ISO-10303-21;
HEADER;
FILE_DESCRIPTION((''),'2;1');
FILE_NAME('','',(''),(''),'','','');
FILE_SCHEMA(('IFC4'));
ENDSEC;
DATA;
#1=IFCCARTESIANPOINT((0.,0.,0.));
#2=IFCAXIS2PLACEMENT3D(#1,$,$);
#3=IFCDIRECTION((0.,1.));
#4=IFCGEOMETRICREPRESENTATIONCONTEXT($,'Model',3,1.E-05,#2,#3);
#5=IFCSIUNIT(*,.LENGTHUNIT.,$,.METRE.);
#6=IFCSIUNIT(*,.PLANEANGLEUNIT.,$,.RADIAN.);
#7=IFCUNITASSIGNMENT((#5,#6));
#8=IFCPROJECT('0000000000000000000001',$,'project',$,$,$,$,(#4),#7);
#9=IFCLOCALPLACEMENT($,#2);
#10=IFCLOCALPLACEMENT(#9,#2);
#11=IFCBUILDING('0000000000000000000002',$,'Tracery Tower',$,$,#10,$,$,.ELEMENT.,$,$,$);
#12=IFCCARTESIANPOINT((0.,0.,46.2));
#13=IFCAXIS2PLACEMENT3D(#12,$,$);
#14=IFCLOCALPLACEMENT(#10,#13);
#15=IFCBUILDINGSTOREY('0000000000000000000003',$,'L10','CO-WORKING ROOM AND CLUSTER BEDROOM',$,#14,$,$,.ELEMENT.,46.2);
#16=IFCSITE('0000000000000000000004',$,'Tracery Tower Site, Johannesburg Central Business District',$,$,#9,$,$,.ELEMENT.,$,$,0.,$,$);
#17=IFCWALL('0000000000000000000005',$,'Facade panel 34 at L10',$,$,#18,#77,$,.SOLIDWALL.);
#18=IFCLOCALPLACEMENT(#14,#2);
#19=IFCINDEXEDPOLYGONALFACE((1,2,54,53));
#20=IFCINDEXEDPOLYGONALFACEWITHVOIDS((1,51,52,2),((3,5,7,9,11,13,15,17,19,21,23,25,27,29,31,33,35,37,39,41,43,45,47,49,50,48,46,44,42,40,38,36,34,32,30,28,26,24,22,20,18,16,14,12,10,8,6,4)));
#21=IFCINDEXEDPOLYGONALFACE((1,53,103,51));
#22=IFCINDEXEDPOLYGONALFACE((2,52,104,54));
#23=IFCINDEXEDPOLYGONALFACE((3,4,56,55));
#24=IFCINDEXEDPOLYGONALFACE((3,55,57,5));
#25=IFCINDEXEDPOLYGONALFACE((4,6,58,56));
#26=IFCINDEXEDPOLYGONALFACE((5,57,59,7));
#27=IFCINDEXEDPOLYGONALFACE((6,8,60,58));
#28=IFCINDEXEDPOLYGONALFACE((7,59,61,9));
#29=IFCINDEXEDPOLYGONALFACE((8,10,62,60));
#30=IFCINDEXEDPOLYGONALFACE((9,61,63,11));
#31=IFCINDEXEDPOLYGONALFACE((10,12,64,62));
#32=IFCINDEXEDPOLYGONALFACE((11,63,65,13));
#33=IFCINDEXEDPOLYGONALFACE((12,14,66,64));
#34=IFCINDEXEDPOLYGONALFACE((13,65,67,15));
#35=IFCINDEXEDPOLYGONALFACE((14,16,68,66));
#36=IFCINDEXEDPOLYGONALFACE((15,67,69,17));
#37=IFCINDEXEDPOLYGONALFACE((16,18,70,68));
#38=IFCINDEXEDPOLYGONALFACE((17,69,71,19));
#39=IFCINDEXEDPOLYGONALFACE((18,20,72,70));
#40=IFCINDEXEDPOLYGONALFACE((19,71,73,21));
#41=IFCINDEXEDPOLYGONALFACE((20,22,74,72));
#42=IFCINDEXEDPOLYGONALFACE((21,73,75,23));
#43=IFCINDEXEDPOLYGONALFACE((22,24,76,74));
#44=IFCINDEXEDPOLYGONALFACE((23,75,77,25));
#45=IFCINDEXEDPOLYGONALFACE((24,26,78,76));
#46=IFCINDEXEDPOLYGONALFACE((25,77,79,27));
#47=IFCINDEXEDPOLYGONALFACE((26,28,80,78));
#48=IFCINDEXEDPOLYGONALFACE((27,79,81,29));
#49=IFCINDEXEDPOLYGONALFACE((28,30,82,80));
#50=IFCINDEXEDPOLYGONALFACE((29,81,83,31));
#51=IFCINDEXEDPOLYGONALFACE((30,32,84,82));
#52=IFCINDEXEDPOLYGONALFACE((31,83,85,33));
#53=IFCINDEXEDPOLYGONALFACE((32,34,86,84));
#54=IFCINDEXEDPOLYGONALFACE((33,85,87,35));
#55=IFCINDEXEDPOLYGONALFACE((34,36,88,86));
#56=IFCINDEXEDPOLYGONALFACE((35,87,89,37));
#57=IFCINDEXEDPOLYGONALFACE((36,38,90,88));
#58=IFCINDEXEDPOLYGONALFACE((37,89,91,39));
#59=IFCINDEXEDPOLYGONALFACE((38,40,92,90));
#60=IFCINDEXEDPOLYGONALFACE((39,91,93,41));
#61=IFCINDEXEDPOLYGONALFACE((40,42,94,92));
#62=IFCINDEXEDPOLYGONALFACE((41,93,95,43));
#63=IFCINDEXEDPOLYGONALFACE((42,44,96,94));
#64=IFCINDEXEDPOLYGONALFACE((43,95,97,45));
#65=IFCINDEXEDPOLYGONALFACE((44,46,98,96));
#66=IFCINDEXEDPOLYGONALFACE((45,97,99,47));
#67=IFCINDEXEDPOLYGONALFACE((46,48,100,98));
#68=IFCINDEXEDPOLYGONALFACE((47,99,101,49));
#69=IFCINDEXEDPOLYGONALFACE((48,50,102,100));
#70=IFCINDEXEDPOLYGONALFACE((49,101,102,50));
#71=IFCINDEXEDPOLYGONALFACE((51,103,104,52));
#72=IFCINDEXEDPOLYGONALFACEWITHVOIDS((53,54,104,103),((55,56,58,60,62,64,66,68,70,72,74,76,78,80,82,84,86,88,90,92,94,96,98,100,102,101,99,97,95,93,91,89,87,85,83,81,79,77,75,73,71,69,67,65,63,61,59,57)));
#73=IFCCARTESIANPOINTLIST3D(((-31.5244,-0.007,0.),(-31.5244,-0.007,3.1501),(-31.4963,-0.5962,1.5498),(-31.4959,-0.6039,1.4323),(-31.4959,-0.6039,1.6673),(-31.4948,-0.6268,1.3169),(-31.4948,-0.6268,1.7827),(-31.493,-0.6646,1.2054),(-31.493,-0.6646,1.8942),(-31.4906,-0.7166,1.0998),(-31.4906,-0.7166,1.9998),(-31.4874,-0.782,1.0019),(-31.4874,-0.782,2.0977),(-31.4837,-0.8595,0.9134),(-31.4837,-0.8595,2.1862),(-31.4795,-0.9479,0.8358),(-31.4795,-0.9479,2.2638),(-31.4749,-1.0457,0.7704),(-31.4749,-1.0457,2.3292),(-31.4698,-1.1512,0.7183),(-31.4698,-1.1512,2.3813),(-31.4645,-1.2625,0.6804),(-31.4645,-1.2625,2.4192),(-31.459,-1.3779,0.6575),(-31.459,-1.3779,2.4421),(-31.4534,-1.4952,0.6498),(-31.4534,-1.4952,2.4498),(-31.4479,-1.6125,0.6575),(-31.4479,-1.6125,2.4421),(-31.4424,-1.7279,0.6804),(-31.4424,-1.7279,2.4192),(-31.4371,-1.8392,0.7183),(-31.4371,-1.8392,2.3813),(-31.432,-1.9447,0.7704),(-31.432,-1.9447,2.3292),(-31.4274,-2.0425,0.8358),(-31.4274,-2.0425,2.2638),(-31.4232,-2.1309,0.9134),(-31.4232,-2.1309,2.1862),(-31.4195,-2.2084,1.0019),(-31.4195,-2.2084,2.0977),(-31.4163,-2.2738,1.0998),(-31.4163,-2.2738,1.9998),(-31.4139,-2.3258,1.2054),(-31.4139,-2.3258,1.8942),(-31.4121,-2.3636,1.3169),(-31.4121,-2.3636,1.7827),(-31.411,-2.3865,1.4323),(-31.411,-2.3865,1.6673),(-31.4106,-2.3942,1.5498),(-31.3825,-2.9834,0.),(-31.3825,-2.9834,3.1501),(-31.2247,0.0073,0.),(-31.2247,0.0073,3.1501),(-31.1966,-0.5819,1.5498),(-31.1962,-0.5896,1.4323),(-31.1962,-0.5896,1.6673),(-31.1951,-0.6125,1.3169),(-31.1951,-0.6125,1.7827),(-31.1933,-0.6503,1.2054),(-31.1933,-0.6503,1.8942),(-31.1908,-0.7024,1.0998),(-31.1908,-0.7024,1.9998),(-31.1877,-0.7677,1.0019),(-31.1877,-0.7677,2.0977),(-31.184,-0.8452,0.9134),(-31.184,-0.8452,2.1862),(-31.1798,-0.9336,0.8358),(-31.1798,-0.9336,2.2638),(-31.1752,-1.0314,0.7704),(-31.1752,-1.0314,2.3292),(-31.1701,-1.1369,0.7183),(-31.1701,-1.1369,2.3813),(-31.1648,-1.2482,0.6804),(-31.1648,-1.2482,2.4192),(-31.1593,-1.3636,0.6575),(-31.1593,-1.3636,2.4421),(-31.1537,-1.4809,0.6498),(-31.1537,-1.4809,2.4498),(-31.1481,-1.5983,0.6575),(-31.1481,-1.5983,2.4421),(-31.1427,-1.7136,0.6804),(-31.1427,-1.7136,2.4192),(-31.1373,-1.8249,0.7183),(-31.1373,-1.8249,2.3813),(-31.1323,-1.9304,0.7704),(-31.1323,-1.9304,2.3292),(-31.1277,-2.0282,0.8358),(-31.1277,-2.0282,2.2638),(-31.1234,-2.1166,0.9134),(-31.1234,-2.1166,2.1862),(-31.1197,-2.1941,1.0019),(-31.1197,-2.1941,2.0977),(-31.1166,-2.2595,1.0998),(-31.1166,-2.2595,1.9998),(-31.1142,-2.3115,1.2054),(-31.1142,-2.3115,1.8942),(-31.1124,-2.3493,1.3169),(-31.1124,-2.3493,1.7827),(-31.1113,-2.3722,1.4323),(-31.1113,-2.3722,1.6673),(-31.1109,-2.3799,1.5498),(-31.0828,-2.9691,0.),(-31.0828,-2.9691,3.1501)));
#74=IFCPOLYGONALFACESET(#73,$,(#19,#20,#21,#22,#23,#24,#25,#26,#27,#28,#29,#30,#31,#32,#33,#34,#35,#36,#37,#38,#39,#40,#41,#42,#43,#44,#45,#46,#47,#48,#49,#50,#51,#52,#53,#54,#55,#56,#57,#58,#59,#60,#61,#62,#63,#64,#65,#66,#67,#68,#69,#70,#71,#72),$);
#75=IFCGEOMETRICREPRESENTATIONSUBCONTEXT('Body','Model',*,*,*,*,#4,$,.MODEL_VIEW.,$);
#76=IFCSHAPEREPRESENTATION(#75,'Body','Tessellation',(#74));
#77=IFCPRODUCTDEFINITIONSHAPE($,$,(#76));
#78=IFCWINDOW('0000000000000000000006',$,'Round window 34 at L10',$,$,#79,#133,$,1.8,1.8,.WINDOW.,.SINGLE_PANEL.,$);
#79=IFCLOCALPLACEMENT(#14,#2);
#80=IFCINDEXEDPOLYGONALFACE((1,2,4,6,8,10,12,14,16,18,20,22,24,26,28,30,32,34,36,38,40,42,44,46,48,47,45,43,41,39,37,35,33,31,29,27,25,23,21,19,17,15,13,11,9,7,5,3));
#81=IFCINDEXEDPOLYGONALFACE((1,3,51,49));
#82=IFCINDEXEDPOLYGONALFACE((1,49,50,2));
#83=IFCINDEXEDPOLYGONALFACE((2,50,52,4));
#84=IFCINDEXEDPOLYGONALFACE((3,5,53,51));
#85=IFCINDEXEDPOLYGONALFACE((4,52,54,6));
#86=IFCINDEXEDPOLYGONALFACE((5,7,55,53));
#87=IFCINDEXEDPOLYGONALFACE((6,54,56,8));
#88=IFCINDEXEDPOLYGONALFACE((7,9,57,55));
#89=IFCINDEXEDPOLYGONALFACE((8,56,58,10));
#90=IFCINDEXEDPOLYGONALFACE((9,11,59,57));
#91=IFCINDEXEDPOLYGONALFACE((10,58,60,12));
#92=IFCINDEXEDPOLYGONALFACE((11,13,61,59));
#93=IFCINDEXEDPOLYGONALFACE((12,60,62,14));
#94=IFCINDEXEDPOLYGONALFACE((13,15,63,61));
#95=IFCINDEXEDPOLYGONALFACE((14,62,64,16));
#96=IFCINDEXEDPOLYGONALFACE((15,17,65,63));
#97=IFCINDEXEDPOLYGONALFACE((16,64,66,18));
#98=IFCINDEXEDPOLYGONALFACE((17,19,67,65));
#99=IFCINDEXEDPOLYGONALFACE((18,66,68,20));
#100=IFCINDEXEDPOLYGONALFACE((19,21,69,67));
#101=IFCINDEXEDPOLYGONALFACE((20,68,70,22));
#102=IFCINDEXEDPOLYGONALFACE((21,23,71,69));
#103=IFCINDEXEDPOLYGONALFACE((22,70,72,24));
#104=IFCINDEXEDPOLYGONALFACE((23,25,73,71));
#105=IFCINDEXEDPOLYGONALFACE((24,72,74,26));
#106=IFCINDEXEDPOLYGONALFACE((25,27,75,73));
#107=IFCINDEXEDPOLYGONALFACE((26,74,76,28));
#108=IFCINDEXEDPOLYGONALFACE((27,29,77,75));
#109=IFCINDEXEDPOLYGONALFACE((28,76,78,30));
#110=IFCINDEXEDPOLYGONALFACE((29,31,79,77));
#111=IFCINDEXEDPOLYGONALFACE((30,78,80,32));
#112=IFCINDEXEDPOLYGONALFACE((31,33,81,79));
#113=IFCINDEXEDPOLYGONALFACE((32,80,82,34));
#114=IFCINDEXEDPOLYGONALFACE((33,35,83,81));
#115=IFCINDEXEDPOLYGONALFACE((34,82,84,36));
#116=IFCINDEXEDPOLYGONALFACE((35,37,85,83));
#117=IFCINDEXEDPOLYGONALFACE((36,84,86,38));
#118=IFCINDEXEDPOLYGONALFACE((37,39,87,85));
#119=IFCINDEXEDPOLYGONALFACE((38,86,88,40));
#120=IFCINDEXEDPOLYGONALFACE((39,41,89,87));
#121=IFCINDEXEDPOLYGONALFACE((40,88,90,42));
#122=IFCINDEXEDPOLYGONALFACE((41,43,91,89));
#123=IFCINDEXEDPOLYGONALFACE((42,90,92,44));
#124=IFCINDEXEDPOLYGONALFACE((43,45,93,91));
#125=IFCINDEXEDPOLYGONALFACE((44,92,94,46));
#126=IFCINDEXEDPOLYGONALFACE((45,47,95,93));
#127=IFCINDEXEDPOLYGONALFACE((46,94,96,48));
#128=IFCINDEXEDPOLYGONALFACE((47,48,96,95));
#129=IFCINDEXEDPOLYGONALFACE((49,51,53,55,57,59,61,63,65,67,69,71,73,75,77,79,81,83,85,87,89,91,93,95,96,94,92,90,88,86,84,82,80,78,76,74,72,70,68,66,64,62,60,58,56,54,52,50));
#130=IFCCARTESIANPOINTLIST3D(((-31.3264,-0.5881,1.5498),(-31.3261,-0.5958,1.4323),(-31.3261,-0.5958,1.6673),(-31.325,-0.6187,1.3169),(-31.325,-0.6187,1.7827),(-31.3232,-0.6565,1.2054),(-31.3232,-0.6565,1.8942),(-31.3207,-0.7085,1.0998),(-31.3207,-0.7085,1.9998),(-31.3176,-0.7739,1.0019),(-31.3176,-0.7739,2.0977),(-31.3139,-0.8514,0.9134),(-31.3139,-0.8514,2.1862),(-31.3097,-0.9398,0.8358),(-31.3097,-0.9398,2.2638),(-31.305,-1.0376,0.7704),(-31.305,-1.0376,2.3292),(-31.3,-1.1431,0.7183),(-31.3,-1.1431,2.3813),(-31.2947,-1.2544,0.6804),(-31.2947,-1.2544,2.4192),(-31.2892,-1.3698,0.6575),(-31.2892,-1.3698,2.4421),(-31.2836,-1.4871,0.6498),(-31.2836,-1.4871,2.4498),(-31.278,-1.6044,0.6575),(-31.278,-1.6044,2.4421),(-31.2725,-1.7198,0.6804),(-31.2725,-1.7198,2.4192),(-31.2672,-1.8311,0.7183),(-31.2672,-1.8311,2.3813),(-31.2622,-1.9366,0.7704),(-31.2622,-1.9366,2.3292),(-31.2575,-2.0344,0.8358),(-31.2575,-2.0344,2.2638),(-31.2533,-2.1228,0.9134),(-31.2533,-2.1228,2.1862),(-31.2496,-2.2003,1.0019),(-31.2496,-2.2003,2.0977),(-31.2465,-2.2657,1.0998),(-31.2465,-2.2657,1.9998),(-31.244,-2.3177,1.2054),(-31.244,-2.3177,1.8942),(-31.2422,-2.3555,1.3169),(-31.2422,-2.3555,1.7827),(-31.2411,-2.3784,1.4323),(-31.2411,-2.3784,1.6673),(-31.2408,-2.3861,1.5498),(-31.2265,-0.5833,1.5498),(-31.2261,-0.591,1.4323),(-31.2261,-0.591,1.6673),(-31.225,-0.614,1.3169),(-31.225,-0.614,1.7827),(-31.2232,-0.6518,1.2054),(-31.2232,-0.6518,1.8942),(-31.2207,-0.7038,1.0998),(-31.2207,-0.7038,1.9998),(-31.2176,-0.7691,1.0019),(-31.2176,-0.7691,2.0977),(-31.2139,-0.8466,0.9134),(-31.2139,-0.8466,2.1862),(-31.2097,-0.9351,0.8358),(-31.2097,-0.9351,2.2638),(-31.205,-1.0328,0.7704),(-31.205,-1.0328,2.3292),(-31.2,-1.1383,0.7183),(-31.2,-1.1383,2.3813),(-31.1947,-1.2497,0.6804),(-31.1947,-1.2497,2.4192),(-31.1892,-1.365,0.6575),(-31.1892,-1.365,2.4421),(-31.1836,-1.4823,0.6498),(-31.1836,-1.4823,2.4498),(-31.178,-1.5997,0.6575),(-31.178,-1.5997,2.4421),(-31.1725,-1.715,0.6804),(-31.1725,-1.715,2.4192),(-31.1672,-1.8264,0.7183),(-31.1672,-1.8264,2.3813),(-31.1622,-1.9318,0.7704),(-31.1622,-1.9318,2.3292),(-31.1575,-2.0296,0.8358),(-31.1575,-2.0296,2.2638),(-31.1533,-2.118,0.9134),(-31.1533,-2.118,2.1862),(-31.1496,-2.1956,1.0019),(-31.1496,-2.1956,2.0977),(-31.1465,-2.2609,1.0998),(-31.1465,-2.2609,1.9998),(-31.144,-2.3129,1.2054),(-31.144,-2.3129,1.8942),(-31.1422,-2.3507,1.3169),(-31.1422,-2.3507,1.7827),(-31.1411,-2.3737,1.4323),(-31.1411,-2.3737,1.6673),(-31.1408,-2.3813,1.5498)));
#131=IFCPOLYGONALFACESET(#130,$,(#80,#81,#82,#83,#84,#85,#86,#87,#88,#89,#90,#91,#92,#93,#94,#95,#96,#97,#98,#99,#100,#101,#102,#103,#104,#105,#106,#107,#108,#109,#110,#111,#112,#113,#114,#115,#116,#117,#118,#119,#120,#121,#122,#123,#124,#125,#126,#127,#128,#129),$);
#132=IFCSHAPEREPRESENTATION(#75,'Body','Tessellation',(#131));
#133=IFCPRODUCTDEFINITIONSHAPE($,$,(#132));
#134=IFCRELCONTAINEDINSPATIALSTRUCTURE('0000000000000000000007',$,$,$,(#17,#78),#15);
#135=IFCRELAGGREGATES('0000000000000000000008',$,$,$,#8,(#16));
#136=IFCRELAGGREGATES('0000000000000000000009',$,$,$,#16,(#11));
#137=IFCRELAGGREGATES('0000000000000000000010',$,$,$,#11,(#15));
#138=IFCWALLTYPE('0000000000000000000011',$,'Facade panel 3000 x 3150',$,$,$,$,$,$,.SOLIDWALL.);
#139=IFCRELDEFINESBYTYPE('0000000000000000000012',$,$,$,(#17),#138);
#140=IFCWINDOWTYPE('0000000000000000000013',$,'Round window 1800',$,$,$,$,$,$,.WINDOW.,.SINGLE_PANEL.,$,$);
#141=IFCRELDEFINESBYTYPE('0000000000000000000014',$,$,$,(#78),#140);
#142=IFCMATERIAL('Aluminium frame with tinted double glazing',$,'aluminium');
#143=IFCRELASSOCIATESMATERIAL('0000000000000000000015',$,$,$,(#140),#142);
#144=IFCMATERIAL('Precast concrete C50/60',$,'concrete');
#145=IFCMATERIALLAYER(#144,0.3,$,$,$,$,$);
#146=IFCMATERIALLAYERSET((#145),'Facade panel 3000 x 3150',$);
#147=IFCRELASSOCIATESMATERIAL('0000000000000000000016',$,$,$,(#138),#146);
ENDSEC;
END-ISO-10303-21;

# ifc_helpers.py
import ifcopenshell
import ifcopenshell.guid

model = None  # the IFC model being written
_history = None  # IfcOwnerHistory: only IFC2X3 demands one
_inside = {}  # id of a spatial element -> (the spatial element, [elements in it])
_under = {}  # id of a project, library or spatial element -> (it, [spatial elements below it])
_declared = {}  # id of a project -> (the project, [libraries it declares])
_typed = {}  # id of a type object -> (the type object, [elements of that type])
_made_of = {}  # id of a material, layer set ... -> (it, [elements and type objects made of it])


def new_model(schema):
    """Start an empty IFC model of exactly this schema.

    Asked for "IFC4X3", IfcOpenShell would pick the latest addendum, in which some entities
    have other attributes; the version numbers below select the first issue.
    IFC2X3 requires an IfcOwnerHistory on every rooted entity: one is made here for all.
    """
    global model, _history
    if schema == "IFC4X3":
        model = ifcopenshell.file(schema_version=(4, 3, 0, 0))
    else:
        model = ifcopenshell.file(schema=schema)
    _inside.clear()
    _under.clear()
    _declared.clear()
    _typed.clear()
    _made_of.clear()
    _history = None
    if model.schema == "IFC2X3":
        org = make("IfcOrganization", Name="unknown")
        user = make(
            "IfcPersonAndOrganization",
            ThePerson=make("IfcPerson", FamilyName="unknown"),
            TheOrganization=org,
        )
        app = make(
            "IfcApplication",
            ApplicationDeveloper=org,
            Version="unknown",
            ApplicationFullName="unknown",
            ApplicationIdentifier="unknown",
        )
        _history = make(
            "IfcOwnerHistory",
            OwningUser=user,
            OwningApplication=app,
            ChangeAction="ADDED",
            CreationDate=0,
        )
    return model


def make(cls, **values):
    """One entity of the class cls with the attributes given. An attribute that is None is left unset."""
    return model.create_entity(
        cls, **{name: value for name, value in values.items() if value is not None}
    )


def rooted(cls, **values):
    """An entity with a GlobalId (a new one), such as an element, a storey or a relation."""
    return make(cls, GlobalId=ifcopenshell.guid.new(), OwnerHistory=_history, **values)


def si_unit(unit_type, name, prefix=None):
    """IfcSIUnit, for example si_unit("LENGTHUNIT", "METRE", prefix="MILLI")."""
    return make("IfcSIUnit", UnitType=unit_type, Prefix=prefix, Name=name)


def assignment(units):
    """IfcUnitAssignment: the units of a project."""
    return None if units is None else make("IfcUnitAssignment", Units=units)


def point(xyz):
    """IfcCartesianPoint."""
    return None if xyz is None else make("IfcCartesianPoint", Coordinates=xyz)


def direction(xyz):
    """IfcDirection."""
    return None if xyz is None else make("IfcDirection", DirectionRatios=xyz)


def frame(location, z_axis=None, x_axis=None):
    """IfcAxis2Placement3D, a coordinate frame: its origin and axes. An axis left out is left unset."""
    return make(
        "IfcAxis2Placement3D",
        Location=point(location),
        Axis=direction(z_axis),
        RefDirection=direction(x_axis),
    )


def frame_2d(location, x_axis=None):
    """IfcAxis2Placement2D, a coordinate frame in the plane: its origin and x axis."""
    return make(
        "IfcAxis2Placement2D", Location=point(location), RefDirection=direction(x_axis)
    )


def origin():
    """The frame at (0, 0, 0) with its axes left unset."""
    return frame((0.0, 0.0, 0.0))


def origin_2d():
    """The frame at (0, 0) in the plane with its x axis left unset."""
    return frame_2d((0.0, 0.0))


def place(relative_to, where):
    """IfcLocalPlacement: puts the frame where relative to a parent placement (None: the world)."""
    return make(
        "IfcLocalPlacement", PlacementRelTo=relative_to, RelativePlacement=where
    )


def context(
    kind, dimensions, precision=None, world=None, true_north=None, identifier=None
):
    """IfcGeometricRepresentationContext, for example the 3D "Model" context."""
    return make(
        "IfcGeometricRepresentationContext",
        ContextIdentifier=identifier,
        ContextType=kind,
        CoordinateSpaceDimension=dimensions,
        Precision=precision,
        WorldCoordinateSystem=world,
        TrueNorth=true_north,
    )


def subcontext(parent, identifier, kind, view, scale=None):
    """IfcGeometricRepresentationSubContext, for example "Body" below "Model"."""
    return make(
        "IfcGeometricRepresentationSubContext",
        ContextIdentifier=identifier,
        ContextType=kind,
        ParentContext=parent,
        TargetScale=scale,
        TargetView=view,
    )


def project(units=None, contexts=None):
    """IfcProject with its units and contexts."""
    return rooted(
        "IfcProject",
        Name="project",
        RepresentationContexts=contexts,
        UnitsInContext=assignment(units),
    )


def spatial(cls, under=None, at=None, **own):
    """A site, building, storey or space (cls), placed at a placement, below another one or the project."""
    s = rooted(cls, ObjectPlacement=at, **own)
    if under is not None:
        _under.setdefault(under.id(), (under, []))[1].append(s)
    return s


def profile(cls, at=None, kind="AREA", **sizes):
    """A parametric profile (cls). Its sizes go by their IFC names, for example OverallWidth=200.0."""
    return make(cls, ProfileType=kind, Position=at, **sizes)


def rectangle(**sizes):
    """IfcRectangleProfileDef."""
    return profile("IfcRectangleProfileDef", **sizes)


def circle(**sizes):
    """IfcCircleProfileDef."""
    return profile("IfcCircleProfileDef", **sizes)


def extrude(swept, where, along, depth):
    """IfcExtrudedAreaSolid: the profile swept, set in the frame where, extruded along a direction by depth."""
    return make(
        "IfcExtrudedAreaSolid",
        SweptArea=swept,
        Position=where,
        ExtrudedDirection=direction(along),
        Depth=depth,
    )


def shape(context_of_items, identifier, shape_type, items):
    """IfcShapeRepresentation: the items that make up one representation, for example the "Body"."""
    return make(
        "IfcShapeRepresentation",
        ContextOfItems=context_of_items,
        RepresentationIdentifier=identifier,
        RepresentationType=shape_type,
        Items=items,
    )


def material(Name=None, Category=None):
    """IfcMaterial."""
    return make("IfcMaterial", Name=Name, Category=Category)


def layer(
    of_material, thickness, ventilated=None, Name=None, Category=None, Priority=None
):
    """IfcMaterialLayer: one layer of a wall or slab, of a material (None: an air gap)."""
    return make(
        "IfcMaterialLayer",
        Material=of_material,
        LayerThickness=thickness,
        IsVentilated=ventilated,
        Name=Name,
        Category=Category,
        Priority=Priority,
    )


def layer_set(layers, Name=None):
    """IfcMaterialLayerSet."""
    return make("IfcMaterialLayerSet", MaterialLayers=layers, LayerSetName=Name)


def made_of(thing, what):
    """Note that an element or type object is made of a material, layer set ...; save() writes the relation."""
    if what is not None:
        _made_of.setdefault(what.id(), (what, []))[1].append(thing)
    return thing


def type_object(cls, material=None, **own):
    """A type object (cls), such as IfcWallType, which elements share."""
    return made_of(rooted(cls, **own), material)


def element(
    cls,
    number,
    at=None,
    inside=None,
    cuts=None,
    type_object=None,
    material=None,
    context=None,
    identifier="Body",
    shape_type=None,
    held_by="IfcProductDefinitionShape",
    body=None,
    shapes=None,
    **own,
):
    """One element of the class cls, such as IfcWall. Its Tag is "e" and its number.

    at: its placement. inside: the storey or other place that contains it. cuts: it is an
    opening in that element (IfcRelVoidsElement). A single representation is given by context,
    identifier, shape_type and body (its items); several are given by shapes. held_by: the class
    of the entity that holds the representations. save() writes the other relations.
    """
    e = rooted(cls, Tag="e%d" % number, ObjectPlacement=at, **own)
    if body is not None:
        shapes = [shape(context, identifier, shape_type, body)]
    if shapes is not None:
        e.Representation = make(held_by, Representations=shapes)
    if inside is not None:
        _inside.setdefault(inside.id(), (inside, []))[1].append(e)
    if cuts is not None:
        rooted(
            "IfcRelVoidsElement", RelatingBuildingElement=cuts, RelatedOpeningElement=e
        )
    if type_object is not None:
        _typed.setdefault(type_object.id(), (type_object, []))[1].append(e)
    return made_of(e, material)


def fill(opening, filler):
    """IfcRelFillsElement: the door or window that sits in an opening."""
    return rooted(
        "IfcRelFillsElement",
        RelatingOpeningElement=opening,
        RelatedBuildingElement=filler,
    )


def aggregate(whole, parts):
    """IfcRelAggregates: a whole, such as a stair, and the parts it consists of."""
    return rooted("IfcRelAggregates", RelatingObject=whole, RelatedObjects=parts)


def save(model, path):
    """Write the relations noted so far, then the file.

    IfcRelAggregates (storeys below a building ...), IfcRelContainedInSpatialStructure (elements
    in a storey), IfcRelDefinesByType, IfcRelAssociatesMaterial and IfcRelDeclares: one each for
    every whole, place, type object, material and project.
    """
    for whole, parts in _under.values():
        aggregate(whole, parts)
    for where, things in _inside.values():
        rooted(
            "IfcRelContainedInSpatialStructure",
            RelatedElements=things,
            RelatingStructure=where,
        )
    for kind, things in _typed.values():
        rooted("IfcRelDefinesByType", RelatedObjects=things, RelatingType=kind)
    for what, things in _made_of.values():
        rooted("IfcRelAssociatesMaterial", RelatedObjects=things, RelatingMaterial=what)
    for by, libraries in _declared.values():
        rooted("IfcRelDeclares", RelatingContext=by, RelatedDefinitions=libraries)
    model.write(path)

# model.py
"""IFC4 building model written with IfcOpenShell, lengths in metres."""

from ifc_helpers import new_model, si_unit, direction, frame, frame_2d, origin, origin_2d, place, context, subcontext, project, spatial, rectangle, circle, extrude, material, layer, layer_set, type_object, element, fill, save


model = new_model("IFC4")

# Units and contexts
model_context = context("Model", 3, precision=1e-05, world=origin(), true_north=direction((0.0, 1.0)))
body_context = subcontext(model_context, "Body", "Model", "MODEL_VIEW")
ifc_project = project(units=[si_unit("LENGTHUNIT", "METRE"), si_unit("PLANEANGLEUNIT", "RADIAN")], contexts=[model_context])

# Site, building, storey
site_placement = place(None, origin())
site = spatial("IfcSite", under=ifc_project, at=site_placement, Name="Tracery Tower Site, Johannesburg Central Business District", CompositionType="ELEMENT", RefElevation=0.0)
building_placement = place(site_placement, origin())
building = spatial("IfcBuilding", under=site, at=building_placement, Name="Tracery Tower", CompositionType="ELEMENT")
storey_placement = place(building_placement, frame((0.0, 0.0, 46.2)))
storey = spatial("IfcBuildingStorey", under=building, at=storey_placement, Name="L10", Description="CO-WORKING ROOM AND CLUSTER BEDROOM", CompositionType="ELEMENT", Elevation=46.2)

# Wall, opening, window
ifc_material_1 = material(Name="Aluminium frame with tinted double glazing", Category="aluminium")
window_type = type_object("IfcWindowType", Name="Round window 1800", PartitioningType="SINGLE_PANEL", PredefinedType="WINDOW", material=ifc_material_1)
ifc_material_2 = material(Name="Precast concrete C50/60", Category="concrete")
ifc_layer_1 = layer(ifc_material_2, 0.3)
ifc_layer_set_1 = layer_set([ifc_layer_1], Name="Facade panel 3000 x 3150")
wall_type_1 = type_object("IfcWallType", Name="Facade panel 3000 x 3150", PredefinedType="SOLIDWALL", material=ifc_layer_set_1)
wall_1_placement = place(storey_placement, frame((-31.3745, 0.0, 0.0), z_axis=(0.0, 0.0, 1.0), x_axis=(0.047604, -0.998866, 0.0)))
wall_1 = element("IfcWall", 1, at=wall_1_placement, inside=storey, type_object=wall_type_1, Name="Facade panel 34 at L10", PredefinedType="SOLIDWALL", context=body_context, shape_type="SweptSolid", body=[
    extrude(rectangle(XDim=2.9797, YDim=0.3, at=frame_2d((1.4897, 0.0))), origin(), (0.0, 0.0, 1.0), 3.1501),
])
opening_1_placement = place(wall_1_placement, frame((1.4897, 0.0, 1.5498)))
opening_1 = element("IfcOpeningElement", 2, at=opening_1_placement, cuts=wall_1, PredefinedType="OPENING", context=body_context, shape_type="SweptSolid", body=[
    extrude(circle(Radius=0.9, at=origin_2d()), frame((0.0, 0.1599, 0.0), z_axis=(0.0, -1.0, 0.0), x_axis=(1.0, 0.0, 0.0)), (0.0, 0.0, 1.0), 0.3201),
])
window_1_placement = place(opening_1_placement, origin())
window_1 = element("IfcWindow", 3, at=window_1_placement, inside=storey, type_object=window_type, Name="Round window 34 at L10", OverallHeight=1.8, OverallWidth=1.8, PartitioningType="SINGLE_PANEL", PredefinedType="WINDOW", context=body_context, shape_type="SweptSolid", body=[
    extrude(circle(Radius=0.9, at=origin_2d()), frame((0.0, 0.1201, 0.0), z_axis=(0.0, -1.0, 0.0), x_axis=(1.0, 0.0, 0.0)), (0.0, 0.0, 1.0), 0.1001),
])
fill(opening_1, window_1)

save(model, "model.ifc")
